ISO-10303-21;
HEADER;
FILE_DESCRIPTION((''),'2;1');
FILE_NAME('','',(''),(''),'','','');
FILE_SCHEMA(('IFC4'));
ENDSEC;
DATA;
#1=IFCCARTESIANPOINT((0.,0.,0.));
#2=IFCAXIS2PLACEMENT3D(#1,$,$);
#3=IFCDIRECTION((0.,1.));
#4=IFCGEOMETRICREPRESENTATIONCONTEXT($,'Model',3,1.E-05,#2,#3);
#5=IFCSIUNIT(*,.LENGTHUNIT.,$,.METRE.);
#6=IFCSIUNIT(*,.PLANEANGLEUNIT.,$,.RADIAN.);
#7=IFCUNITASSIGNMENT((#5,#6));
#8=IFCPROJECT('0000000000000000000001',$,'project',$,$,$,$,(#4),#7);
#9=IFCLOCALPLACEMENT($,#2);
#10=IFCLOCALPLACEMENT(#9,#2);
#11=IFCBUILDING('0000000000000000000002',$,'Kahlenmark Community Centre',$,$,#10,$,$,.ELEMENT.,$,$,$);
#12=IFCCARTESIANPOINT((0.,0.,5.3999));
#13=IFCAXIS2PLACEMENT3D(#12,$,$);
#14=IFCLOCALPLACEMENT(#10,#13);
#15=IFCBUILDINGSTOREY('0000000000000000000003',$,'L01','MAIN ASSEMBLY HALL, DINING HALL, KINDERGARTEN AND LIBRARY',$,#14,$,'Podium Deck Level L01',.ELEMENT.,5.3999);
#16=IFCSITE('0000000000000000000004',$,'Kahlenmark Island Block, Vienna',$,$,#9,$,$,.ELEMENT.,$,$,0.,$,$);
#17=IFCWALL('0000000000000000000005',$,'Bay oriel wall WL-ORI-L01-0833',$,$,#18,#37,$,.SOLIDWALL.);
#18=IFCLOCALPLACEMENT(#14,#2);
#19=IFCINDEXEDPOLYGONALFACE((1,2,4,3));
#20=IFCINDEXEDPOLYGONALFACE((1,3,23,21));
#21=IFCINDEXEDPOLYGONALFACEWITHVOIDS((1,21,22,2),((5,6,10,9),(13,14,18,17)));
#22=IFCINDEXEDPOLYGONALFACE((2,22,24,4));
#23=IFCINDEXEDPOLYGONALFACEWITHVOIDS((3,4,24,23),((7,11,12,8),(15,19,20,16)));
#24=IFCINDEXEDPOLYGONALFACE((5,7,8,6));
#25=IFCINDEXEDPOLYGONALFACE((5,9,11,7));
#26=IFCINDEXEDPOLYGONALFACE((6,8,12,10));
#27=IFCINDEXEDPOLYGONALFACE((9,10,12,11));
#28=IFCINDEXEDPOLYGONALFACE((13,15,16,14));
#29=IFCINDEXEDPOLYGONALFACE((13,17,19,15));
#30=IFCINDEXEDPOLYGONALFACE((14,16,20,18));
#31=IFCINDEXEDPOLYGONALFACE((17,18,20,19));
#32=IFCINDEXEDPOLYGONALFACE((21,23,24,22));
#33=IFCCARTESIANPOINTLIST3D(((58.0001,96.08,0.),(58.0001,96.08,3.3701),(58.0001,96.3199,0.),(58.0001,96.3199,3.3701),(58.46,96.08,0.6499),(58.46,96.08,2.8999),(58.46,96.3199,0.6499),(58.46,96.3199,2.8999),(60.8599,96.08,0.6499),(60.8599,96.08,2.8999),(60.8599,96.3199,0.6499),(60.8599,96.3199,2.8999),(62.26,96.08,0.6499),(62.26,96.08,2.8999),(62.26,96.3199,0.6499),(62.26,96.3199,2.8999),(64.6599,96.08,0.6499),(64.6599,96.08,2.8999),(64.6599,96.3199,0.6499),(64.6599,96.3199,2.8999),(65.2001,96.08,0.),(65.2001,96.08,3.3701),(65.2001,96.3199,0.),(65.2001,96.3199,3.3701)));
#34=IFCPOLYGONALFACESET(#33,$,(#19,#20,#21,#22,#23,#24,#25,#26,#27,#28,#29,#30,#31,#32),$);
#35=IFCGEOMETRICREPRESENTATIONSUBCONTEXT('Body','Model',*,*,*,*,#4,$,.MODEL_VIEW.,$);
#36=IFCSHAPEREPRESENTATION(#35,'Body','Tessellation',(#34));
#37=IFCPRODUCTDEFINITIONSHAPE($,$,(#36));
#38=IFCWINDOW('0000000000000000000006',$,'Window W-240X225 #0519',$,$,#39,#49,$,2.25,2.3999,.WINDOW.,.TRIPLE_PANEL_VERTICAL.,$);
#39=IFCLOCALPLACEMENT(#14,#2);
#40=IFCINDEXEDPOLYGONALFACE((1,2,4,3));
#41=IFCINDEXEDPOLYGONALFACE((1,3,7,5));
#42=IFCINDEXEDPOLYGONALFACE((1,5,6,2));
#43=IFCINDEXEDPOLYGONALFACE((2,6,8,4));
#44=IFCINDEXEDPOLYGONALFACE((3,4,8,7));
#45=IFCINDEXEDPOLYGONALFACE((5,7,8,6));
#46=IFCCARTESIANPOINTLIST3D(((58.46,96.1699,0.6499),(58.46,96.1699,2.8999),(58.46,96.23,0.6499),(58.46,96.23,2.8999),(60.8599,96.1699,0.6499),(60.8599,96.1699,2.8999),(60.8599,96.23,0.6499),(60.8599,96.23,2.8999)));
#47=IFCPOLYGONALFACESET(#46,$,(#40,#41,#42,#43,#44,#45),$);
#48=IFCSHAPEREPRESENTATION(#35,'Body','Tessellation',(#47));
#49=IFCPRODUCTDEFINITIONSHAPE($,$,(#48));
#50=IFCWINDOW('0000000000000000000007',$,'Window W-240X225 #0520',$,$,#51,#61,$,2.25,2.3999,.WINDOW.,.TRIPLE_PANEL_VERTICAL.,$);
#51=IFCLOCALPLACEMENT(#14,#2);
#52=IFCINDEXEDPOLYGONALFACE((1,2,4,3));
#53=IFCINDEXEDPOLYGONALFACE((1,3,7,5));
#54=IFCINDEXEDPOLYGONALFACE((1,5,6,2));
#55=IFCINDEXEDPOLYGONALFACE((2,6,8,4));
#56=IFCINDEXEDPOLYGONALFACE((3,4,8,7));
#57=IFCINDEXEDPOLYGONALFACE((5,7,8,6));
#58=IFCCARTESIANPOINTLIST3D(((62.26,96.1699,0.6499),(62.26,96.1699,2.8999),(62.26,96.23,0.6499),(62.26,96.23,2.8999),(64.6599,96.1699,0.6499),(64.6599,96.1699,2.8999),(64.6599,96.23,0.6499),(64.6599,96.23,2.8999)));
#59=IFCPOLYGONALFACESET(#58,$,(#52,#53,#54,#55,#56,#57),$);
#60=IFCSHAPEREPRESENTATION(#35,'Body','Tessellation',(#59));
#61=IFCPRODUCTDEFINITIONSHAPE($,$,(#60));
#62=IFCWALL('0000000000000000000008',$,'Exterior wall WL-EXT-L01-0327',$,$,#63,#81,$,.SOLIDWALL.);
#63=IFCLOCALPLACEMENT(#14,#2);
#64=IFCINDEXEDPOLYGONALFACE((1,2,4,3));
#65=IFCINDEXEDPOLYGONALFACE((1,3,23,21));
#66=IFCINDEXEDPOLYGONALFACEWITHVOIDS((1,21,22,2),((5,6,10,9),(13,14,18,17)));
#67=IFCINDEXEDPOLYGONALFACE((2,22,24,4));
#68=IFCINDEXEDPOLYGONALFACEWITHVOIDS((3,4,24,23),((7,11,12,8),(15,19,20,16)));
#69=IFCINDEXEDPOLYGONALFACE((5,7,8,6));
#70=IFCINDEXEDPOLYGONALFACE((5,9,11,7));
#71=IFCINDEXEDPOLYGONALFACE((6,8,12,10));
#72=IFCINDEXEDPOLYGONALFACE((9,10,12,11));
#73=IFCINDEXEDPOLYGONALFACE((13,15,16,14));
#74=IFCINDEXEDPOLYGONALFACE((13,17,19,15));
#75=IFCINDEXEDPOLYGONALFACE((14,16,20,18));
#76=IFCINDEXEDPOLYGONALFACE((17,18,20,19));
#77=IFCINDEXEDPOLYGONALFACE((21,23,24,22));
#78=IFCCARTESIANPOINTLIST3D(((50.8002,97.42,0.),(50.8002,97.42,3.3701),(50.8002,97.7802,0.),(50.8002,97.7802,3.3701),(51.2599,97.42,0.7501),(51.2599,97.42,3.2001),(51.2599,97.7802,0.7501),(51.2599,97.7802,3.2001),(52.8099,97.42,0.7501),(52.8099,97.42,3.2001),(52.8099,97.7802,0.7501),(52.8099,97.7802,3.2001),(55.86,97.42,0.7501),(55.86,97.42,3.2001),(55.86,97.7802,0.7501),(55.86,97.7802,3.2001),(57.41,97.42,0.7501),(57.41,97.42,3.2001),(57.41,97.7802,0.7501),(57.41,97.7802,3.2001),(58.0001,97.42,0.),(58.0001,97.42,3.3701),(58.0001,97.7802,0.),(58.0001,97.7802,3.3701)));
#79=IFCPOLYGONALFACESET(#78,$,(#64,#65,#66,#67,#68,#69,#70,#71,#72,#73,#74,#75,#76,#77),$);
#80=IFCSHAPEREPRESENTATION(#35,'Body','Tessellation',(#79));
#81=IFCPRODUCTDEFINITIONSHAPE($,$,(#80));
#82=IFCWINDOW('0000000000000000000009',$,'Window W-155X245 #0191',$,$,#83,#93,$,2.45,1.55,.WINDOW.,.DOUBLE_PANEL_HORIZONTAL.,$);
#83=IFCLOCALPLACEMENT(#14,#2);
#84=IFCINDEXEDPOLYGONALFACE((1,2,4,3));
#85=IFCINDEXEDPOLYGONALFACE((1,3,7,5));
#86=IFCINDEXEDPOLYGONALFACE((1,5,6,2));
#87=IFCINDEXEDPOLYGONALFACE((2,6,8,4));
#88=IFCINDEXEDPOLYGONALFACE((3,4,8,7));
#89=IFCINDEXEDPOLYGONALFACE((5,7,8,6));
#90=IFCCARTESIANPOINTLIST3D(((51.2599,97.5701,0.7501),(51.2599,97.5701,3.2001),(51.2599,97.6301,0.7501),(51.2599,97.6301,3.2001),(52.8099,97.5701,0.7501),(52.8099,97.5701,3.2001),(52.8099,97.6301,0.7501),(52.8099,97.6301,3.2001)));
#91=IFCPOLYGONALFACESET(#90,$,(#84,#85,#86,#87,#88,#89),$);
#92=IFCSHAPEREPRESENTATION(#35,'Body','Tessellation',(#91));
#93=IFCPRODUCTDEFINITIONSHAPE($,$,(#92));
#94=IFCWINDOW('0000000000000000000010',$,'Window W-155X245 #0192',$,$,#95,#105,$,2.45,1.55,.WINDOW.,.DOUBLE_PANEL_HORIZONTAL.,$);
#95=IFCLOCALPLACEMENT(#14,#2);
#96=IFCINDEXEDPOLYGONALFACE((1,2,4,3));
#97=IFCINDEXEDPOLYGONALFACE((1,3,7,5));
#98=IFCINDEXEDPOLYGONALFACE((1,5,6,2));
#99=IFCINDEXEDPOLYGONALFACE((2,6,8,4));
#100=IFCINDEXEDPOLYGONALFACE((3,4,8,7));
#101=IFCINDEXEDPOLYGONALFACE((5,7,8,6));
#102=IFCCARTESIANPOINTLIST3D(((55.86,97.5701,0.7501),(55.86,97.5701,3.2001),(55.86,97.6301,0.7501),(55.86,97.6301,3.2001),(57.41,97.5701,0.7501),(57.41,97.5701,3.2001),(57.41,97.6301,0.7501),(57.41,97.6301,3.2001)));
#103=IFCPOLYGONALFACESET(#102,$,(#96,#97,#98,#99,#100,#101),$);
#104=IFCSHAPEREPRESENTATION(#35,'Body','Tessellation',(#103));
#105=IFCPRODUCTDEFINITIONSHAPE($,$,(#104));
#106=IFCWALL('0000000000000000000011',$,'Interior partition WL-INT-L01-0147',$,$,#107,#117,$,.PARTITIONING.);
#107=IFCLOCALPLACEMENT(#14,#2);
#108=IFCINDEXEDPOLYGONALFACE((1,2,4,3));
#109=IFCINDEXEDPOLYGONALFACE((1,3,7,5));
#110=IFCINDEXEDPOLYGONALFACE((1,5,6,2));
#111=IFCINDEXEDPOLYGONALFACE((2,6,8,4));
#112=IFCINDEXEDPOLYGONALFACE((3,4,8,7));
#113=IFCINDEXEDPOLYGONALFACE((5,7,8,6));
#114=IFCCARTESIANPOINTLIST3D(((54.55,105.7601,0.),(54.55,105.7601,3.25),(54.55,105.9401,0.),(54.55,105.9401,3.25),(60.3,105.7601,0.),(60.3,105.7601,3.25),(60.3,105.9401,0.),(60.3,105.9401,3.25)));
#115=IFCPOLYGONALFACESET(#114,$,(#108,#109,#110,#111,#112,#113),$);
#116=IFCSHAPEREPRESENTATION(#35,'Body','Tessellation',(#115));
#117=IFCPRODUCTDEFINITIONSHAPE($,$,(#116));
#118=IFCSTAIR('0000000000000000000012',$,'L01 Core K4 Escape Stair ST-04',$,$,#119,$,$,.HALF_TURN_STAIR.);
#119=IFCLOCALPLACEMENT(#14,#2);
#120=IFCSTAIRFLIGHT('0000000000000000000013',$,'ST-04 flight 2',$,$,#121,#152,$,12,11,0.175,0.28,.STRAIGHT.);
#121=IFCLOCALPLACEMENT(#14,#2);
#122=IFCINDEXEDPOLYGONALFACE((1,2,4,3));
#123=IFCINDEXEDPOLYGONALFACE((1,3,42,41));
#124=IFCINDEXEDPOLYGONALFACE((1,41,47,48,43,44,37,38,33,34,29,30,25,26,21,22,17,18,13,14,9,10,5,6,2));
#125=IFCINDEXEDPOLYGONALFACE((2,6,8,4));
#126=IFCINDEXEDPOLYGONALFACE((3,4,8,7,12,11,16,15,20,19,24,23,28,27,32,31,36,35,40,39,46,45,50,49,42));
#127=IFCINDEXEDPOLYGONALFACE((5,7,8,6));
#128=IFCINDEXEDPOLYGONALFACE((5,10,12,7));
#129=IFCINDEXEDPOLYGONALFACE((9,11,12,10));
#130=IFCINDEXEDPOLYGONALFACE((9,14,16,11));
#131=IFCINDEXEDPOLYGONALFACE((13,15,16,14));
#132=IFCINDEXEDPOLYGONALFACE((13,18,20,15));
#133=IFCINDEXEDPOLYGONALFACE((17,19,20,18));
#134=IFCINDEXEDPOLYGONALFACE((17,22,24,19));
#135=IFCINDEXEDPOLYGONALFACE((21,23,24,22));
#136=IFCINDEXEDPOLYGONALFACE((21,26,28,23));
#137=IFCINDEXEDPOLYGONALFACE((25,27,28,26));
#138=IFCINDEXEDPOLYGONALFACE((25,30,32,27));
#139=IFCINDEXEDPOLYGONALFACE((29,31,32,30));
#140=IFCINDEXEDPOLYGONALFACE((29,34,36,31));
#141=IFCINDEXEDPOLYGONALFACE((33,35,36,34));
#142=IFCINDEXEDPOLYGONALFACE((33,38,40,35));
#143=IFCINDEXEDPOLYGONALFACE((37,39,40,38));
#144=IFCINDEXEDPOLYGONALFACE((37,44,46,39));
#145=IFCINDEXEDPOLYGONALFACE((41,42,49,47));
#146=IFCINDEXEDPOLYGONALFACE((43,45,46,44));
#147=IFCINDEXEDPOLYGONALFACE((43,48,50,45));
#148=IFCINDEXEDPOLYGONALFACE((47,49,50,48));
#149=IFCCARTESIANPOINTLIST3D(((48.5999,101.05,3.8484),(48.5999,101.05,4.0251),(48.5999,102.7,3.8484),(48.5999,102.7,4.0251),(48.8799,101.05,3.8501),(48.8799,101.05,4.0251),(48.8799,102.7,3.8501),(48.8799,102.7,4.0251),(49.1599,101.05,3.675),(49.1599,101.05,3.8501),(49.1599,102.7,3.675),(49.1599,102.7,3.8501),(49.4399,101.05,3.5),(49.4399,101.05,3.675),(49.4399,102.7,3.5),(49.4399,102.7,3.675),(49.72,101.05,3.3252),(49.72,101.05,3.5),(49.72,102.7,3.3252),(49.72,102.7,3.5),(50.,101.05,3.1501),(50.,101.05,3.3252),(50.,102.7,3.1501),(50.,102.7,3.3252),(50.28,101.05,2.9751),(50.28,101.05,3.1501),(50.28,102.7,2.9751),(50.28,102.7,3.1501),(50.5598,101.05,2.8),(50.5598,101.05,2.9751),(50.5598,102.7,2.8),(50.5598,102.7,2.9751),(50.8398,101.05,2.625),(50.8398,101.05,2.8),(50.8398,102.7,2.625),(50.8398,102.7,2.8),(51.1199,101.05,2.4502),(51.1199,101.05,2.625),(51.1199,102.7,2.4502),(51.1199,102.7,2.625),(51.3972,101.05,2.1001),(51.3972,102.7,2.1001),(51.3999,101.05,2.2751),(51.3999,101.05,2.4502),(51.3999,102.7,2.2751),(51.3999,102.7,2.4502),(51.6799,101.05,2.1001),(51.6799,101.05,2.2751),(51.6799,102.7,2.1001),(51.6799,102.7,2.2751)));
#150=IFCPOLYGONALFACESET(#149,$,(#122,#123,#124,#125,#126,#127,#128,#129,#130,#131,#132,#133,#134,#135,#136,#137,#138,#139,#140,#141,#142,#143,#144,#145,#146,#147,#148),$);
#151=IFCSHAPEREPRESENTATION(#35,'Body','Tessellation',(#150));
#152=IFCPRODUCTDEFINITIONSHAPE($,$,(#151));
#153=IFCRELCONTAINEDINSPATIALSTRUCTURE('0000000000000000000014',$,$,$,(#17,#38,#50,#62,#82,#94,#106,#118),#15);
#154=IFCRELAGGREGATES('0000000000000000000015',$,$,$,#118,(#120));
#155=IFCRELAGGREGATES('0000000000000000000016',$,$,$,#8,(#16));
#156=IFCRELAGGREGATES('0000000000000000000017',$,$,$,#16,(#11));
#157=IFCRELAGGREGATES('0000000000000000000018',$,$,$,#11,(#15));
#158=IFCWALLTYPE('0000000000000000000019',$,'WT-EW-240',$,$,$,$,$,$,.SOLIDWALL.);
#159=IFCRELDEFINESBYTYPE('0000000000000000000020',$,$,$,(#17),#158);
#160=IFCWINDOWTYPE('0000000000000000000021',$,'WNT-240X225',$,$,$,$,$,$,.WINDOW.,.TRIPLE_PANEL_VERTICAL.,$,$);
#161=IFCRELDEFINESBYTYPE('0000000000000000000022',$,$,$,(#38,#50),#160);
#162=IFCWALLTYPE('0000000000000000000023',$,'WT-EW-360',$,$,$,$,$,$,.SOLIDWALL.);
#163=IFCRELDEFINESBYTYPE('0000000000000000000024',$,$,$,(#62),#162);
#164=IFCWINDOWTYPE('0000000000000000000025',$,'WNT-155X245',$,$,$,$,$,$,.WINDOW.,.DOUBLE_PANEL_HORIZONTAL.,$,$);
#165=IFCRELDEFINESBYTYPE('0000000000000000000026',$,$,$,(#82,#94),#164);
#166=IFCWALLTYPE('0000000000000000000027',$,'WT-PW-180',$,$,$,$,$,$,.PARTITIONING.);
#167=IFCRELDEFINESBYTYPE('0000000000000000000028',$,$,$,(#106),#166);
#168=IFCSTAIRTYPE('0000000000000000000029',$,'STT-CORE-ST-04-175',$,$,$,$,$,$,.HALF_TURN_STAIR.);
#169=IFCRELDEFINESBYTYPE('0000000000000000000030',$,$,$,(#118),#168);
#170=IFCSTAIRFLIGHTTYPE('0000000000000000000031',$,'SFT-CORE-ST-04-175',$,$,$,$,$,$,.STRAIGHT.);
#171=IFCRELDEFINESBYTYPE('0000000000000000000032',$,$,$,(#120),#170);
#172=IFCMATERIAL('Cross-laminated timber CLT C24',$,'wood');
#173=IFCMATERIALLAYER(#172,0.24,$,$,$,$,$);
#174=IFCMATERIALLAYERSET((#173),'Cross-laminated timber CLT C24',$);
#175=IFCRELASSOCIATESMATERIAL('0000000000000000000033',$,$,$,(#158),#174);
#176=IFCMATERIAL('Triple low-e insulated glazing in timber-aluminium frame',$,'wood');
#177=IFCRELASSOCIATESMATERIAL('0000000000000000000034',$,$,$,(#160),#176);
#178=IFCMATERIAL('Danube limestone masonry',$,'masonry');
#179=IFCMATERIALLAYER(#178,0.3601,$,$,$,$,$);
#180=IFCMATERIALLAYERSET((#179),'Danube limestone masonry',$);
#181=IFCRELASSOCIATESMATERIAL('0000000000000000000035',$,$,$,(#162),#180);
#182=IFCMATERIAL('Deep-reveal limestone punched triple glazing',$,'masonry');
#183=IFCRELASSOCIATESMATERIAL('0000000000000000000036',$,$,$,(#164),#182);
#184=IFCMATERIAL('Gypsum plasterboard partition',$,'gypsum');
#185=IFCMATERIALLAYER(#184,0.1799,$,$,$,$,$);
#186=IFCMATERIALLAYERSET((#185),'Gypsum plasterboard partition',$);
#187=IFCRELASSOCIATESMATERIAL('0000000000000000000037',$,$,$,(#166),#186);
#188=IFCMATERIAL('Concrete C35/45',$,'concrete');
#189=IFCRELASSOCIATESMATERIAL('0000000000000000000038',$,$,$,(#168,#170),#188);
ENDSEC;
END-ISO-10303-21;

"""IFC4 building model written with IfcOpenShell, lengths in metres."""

from ifc_helpers import new_model, si_unit, direction, frame, frame_2d, origin, place, context, subcontext, project, spatial, polyline, rectangle, outline, extrude, material, layer, layer_set, type_object, element, fill, aggregate, save


model = new_model("IFC4")

# Units and contexts
model_context = context("Model", 3, precision=1e-05, world=origin(), true_north=direction((0.0, 1.0)))
body_context = subcontext(model_context, "Body", "Model", "MODEL_VIEW")
ifc_project = project(units=[si_unit("LENGTHUNIT", "METRE"), si_unit("PLANEANGLEUNIT", "RADIAN")], contexts=[model_context])

# Site, building, storey
site_placement = place(None, origin())
site = spatial("IfcSite", under=ifc_project, at=site_placement, Name="Kahlenmark Island Block, Vienna", CompositionType="ELEMENT", RefElevation=0.0)
building_placement = place(site_placement, origin())
building = spatial("IfcBuilding", under=site, at=building_placement, Name="Kahlenmark Community Centre", CompositionType="ELEMENT")
storey_placement = place(building_placement, frame((0.0, 0.0, 5.3999)))
storey = spatial("IfcBuildingStorey", under=building, at=storey_placement, Name="L01", Description="MAIN ASSEMBLY HALL, DINING HALL, KINDERGARTEN AND LIBRARY", LongName="Podium Deck Level L01", CompositionType="ELEMENT", Elevation=5.3999)

# Shared definitions
ifc_material_1 = material(Name="Concrete C35/45", Category="concrete")

# Shared definitions
ifc_material_2 = material(Name="Cross-laminated timber CLT C24", Category="wood")
ifc_layer_1 = layer(ifc_material_2, 0.24)
ifc_layer_set_1 = layer_set([ifc_layer_1], Name="Cross-laminated timber CLT C24")
wall_type_1 = type_object("IfcWallType", Name="WT-EW-240", PredefinedType="SOLIDWALL", material=ifc_layer_set_1)

# Walls, openings, windows
wall_1_placement = place(storey_placement, frame((58.0, 96.2, 0.0), z_axis=(0.0, 0.0, 1.0), x_axis=(1.0, 0.0, 0.0)))
wall_1 = element("IfcWall", 1, at=wall_1_placement, inside=storey, type_object=wall_type_1, Name="Bay oriel wall WL-ORI-L01-0833", PredefinedType="SOLIDWALL", context=body_context, shape_type="SweptSolid", body=[
    extrude(rectangle(XDim=7.2, YDim=0.24, at=frame_2d((3.6001, 0.0))), origin(), (0.0, 0.0, 1.0), 3.3701),
])
opening_1_placement = place(wall_1_placement, frame((0.46, 0.0, 0.6499)))
opening_1 = element("IfcOpeningElement", 2, at=opening_1_placement, cuts=wall_1, PredefinedType="OPENING", context=body_context, shape_type="SweptSolid", body=[
    extrude(rectangle(XDim=2.3999, YDim=2.25, at=frame_2d((1.2, 1.125))), frame((0.0, 0.1299, 0.0), z_axis=(0.0, -1.0, 0.0), x_axis=(1.0, 0.0, 0.0)), (0.0, 0.0, 1.0), 0.26),
])
opening_2_placement = place(wall_1_placement, frame((4.26, 0.0, 0.6499)))
opening_2 = element("IfcOpeningElement", 3, at=opening_2_placement, cuts=wall_1, PredefinedType="OPENING", context=body_context, shape_type="SweptSolid", body=[
    extrude(rectangle(XDim=2.3999, YDim=2.25, at=frame_2d((1.2, 1.125))), frame((0.0, 0.1299, 0.0), z_axis=(0.0, -1.0, 0.0), x_axis=(1.0, 0.0, 0.0)), (0.0, 0.0, 1.0), 0.26),
])
ifc_material_3 = material(Name="Triple low-e insulated glazing in timber-aluminium frame", Category="wood")
window_type_1 = type_object("IfcWindowType", Name="WNT-240X225", PartitioningType="TRIPLE_PANEL_VERTICAL", PredefinedType="WINDOW", material=ifc_material_3)
window_1_placement = place(opening_1_placement, origin())
window_1 = element("IfcWindow", 4, at=window_1_placement, inside=storey, type_object=window_type_1, Name="Window W-240X225 #0519", OverallHeight=2.25, OverallWidth=2.3999, PartitioningType="TRIPLE_PANEL_VERTICAL", PredefinedType="WINDOW", context=body_context, shape_type="SweptSolid", body=[
    extrude(rectangle(XDim=2.3999, YDim=2.25, at=frame_2d((1.2, 1.125))), frame((0.0, 0.03, 0.0), z_axis=(0.0, -1.0, 0.0), x_axis=(1.0, 0.0, 0.0)), (0.0, 0.0, 1.0), 0.0601),
])
fill(opening_1, window_1)
window_2_placement = place(opening_2_placement, origin())
window_2 = element("IfcWindow", 5, at=window_2_placement, inside=storey, type_object=window_type_1, Name="Window W-240X225 #0520", OverallHeight=2.25, OverallWidth=2.3999, PartitioningType="TRIPLE_PANEL_VERTICAL", PredefinedType="WINDOW", context=body_context, shape_type="SweptSolid", body=[
    extrude(rectangle(XDim=2.3999, YDim=2.25, at=frame_2d((1.2, 1.125))), frame((0.0, 0.03, 0.0), z_axis=(0.0, -1.0, 0.0), x_axis=(1.0, 0.0, 0.0)), (0.0, 0.0, 1.0), 0.0601),
])
fill(opening_2, window_2)
ifc_material_4 = material(Name="Danube limestone masonry", Category="masonry")
ifc_layer_2 = layer(ifc_material_4, 0.3601)
ifc_layer_set_2 = layer_set([ifc_layer_2], Name="Danube limestone masonry")
wall_type_2 = type_object("IfcWallType", Name="WT-EW-360", PredefinedType="SOLIDWALL", material=ifc_layer_set_2)
wall_2_placement = place(storey_placement, frame((50.8, 97.6001, 0.0), z_axis=(0.0, 0.0, 1.0), x_axis=(1.0, 0.0, 0.0)))
wall_2 = element("IfcWall", 6, at=wall_2_placement, inside=storey, type_object=wall_type_2, Name="Exterior wall WL-EXT-L01-0327", PredefinedType="SOLIDWALL", context=body_context, shape_type="SweptSolid", body=[
    extrude(rectangle(XDim=7.2, YDim=0.3601, at=frame_2d((3.6001, 0.0))), origin(), (0.0, 0.0, 1.0), 3.3701),
])
opening_3_placement = place(wall_2_placement, frame((0.46, 0.0, 0.75)))
opening_3 = element("IfcOpeningElement", 7, at=opening_3_placement, cuts=wall_2, PredefinedType="OPENING", context=body_context, shape_type="SweptSolid", body=[
    extrude(rectangle(XDim=1.55, YDim=2.45, at=frame_2d((0.7749, 1.2251))), frame((0.0, 0.1899, 0.0), z_axis=(0.0, -1.0, 0.0), x_axis=(1.0, 0.0, 0.0)), (0.0, 0.0, 1.0), 0.3801),
])
opening_4_placement = place(wall_2_placement, frame((5.0601, 0.0, 0.75)))
opening_4 = element("IfcOpeningElement", 8, at=opening_4_placement, cuts=wall_2, PredefinedType="OPENING", context=body_context, shape_type="SweptSolid", body=[
    extrude(rectangle(XDim=1.55, YDim=2.45, at=frame_2d((0.7749, 1.2251))), frame((0.0, 0.1899, 0.0), z_axis=(0.0, -1.0, 0.0), x_axis=(1.0, 0.0, 0.0)), (0.0, 0.0, 1.0), 0.3801),
])
ifc_material_5 = material(Name="Deep-reveal limestone punched triple glazing", Category="masonry")
window_type_2 = type_object("IfcWindowType", Name="WNT-155X245", PartitioningType="DOUBLE_PANEL_HORIZONTAL", PredefinedType="WINDOW", material=ifc_material_5)
window_3_placement = place(opening_3_placement, origin())
window_3 = element("IfcWindow", 9, at=window_3_placement, inside=storey, type_object=window_type_2, Name="Window W-155X245 #0191", OverallHeight=2.45, OverallWidth=1.55, PartitioningType="DOUBLE_PANEL_HORIZONTAL", PredefinedType="WINDOW", context=body_context, shape_type="SweptSolid", body=[
    extrude(rectangle(XDim=1.55, YDim=2.45, at=frame_2d((0.7749, 1.2251))), frame((0.0, 0.03, 0.0), z_axis=(0.0, -1.0, 0.0), x_axis=(1.0, 0.0, 0.0)), (0.0, 0.0, 1.0), 0.0601),
])
fill(opening_3, window_3)
window_4_placement = place(opening_4_placement, origin())
window_4 = element("IfcWindow", 10, at=window_4_placement, inside=storey, type_object=window_type_2, Name="Window W-155X245 #0192", OverallHeight=2.45, OverallWidth=1.55, PartitioningType="DOUBLE_PANEL_HORIZONTAL", PredefinedType="WINDOW", context=body_context, shape_type="SweptSolid", body=[
    extrude(rectangle(XDim=1.55, YDim=2.45, at=frame_2d((0.7749, 1.2251))), frame((0.0, 0.03, 0.0), z_axis=(0.0, -1.0, 0.0), x_axis=(1.0, 0.0, 0.0)), (0.0, 0.0, 1.0), 0.0601),
])
fill(opening_4, window_4)

# Wall
ifc_material_6 = material(Name="Gypsum plasterboard partition", Category="gypsum")
ifc_layer_3 = layer(ifc_material_6, 0.1799)
ifc_layer_set_3 = layer_set([ifc_layer_3], Name="Gypsum plasterboard partition")
wall_type_3 = type_object("IfcWallType", Name="WT-PW-180", PredefinedType="PARTITIONING", material=ifc_layer_set_3)
wall_3_placement = place(storey_placement, frame((54.55, 105.8501, 0.0), z_axis=(0.0, 0.0, 1.0), x_axis=(1.0, 0.0, 0.0)))
element("IfcWall", 11, at=wall_3_placement, inside=storey, type_object=wall_type_3, Name="Interior partition WL-INT-L01-0147", PredefinedType="PARTITIONING", context=body_context, shape_type="SweptSolid", body=[
    extrude(rectangle(XDim=5.75, YDim=0.1799, at=frame_2d((2.875, 0.0))), origin(), (0.0, 0.0, 1.0), 3.25),
])

# Stair, stair flight
stair_type = type_object("IfcStairType", Name="STT-CORE-ST-04-175", PredefinedType="HALF_TURN_STAIR", material=ifc_material_1)
stair_placement = place(storey_placement, origin())
stair = element("IfcStair", 12, at=stair_placement, inside=storey, type_object=stair_type, Name="L01 Core K4 Escape Stair ST-04", PredefinedType="HALF_TURN_STAIR")
stair_flight_type = type_object("IfcStairFlightType", Name="SFT-CORE-ST-04-175", PredefinedType="STRAIGHT", material=ifc_material_1)
stair_flight_placement = place(storey_placement, frame((51.6799, 101.875, 2.1001), z_axis=(0.0, 0.0, 1.0), x_axis=(-1.0, 0.0, 0.0)))
stair_flight = element("IfcStairFlight", 13, at=stair_flight_placement, type_object=stair_flight_type, Name="ST-04 flight 2", NumberOfRisers=12, NumberOfTreads=11, PredefinedType="STRAIGHT", RiserHeight=0.175, TreadLength=0.28, context=body_context, shape_type="SweptSolid", body=[
    extrude(outline(polyline([(0.0, 0.0), (0.0, 0.175), (0.28, 0.175), (0.28, 0.3501), (0.5601, 0.3501), (0.5601, 0.5249), (0.8401, 0.5249), (0.8401, 0.7), (1.1201, 0.7), (1.1201, 0.875), (1.3999, 0.875), (1.3999, 1.05), (1.6799, 1.05), (1.6799, 1.2251), (1.96, 1.2251), (1.96, 1.3999), (2.24, 1.3999), (2.24, 1.575), (2.52, 1.575), (2.52, 1.75), (2.8, 1.75), (2.8, 1.925), (3.0801, 1.925), (3.0801, 2.1001), (3.0801, 1.7483), (0.2827, 0.0), (0.0, 0.0)])), frame((0.0, 0.825, 0.0), z_axis=(0.0, -1.0, 0.0), x_axis=(1.0, 0.0, 0.0)), (0.0, 0.0, 1.0), 1.6499),
])
aggregate(stair, [stair_flight])

save(model, "model.ifc")
